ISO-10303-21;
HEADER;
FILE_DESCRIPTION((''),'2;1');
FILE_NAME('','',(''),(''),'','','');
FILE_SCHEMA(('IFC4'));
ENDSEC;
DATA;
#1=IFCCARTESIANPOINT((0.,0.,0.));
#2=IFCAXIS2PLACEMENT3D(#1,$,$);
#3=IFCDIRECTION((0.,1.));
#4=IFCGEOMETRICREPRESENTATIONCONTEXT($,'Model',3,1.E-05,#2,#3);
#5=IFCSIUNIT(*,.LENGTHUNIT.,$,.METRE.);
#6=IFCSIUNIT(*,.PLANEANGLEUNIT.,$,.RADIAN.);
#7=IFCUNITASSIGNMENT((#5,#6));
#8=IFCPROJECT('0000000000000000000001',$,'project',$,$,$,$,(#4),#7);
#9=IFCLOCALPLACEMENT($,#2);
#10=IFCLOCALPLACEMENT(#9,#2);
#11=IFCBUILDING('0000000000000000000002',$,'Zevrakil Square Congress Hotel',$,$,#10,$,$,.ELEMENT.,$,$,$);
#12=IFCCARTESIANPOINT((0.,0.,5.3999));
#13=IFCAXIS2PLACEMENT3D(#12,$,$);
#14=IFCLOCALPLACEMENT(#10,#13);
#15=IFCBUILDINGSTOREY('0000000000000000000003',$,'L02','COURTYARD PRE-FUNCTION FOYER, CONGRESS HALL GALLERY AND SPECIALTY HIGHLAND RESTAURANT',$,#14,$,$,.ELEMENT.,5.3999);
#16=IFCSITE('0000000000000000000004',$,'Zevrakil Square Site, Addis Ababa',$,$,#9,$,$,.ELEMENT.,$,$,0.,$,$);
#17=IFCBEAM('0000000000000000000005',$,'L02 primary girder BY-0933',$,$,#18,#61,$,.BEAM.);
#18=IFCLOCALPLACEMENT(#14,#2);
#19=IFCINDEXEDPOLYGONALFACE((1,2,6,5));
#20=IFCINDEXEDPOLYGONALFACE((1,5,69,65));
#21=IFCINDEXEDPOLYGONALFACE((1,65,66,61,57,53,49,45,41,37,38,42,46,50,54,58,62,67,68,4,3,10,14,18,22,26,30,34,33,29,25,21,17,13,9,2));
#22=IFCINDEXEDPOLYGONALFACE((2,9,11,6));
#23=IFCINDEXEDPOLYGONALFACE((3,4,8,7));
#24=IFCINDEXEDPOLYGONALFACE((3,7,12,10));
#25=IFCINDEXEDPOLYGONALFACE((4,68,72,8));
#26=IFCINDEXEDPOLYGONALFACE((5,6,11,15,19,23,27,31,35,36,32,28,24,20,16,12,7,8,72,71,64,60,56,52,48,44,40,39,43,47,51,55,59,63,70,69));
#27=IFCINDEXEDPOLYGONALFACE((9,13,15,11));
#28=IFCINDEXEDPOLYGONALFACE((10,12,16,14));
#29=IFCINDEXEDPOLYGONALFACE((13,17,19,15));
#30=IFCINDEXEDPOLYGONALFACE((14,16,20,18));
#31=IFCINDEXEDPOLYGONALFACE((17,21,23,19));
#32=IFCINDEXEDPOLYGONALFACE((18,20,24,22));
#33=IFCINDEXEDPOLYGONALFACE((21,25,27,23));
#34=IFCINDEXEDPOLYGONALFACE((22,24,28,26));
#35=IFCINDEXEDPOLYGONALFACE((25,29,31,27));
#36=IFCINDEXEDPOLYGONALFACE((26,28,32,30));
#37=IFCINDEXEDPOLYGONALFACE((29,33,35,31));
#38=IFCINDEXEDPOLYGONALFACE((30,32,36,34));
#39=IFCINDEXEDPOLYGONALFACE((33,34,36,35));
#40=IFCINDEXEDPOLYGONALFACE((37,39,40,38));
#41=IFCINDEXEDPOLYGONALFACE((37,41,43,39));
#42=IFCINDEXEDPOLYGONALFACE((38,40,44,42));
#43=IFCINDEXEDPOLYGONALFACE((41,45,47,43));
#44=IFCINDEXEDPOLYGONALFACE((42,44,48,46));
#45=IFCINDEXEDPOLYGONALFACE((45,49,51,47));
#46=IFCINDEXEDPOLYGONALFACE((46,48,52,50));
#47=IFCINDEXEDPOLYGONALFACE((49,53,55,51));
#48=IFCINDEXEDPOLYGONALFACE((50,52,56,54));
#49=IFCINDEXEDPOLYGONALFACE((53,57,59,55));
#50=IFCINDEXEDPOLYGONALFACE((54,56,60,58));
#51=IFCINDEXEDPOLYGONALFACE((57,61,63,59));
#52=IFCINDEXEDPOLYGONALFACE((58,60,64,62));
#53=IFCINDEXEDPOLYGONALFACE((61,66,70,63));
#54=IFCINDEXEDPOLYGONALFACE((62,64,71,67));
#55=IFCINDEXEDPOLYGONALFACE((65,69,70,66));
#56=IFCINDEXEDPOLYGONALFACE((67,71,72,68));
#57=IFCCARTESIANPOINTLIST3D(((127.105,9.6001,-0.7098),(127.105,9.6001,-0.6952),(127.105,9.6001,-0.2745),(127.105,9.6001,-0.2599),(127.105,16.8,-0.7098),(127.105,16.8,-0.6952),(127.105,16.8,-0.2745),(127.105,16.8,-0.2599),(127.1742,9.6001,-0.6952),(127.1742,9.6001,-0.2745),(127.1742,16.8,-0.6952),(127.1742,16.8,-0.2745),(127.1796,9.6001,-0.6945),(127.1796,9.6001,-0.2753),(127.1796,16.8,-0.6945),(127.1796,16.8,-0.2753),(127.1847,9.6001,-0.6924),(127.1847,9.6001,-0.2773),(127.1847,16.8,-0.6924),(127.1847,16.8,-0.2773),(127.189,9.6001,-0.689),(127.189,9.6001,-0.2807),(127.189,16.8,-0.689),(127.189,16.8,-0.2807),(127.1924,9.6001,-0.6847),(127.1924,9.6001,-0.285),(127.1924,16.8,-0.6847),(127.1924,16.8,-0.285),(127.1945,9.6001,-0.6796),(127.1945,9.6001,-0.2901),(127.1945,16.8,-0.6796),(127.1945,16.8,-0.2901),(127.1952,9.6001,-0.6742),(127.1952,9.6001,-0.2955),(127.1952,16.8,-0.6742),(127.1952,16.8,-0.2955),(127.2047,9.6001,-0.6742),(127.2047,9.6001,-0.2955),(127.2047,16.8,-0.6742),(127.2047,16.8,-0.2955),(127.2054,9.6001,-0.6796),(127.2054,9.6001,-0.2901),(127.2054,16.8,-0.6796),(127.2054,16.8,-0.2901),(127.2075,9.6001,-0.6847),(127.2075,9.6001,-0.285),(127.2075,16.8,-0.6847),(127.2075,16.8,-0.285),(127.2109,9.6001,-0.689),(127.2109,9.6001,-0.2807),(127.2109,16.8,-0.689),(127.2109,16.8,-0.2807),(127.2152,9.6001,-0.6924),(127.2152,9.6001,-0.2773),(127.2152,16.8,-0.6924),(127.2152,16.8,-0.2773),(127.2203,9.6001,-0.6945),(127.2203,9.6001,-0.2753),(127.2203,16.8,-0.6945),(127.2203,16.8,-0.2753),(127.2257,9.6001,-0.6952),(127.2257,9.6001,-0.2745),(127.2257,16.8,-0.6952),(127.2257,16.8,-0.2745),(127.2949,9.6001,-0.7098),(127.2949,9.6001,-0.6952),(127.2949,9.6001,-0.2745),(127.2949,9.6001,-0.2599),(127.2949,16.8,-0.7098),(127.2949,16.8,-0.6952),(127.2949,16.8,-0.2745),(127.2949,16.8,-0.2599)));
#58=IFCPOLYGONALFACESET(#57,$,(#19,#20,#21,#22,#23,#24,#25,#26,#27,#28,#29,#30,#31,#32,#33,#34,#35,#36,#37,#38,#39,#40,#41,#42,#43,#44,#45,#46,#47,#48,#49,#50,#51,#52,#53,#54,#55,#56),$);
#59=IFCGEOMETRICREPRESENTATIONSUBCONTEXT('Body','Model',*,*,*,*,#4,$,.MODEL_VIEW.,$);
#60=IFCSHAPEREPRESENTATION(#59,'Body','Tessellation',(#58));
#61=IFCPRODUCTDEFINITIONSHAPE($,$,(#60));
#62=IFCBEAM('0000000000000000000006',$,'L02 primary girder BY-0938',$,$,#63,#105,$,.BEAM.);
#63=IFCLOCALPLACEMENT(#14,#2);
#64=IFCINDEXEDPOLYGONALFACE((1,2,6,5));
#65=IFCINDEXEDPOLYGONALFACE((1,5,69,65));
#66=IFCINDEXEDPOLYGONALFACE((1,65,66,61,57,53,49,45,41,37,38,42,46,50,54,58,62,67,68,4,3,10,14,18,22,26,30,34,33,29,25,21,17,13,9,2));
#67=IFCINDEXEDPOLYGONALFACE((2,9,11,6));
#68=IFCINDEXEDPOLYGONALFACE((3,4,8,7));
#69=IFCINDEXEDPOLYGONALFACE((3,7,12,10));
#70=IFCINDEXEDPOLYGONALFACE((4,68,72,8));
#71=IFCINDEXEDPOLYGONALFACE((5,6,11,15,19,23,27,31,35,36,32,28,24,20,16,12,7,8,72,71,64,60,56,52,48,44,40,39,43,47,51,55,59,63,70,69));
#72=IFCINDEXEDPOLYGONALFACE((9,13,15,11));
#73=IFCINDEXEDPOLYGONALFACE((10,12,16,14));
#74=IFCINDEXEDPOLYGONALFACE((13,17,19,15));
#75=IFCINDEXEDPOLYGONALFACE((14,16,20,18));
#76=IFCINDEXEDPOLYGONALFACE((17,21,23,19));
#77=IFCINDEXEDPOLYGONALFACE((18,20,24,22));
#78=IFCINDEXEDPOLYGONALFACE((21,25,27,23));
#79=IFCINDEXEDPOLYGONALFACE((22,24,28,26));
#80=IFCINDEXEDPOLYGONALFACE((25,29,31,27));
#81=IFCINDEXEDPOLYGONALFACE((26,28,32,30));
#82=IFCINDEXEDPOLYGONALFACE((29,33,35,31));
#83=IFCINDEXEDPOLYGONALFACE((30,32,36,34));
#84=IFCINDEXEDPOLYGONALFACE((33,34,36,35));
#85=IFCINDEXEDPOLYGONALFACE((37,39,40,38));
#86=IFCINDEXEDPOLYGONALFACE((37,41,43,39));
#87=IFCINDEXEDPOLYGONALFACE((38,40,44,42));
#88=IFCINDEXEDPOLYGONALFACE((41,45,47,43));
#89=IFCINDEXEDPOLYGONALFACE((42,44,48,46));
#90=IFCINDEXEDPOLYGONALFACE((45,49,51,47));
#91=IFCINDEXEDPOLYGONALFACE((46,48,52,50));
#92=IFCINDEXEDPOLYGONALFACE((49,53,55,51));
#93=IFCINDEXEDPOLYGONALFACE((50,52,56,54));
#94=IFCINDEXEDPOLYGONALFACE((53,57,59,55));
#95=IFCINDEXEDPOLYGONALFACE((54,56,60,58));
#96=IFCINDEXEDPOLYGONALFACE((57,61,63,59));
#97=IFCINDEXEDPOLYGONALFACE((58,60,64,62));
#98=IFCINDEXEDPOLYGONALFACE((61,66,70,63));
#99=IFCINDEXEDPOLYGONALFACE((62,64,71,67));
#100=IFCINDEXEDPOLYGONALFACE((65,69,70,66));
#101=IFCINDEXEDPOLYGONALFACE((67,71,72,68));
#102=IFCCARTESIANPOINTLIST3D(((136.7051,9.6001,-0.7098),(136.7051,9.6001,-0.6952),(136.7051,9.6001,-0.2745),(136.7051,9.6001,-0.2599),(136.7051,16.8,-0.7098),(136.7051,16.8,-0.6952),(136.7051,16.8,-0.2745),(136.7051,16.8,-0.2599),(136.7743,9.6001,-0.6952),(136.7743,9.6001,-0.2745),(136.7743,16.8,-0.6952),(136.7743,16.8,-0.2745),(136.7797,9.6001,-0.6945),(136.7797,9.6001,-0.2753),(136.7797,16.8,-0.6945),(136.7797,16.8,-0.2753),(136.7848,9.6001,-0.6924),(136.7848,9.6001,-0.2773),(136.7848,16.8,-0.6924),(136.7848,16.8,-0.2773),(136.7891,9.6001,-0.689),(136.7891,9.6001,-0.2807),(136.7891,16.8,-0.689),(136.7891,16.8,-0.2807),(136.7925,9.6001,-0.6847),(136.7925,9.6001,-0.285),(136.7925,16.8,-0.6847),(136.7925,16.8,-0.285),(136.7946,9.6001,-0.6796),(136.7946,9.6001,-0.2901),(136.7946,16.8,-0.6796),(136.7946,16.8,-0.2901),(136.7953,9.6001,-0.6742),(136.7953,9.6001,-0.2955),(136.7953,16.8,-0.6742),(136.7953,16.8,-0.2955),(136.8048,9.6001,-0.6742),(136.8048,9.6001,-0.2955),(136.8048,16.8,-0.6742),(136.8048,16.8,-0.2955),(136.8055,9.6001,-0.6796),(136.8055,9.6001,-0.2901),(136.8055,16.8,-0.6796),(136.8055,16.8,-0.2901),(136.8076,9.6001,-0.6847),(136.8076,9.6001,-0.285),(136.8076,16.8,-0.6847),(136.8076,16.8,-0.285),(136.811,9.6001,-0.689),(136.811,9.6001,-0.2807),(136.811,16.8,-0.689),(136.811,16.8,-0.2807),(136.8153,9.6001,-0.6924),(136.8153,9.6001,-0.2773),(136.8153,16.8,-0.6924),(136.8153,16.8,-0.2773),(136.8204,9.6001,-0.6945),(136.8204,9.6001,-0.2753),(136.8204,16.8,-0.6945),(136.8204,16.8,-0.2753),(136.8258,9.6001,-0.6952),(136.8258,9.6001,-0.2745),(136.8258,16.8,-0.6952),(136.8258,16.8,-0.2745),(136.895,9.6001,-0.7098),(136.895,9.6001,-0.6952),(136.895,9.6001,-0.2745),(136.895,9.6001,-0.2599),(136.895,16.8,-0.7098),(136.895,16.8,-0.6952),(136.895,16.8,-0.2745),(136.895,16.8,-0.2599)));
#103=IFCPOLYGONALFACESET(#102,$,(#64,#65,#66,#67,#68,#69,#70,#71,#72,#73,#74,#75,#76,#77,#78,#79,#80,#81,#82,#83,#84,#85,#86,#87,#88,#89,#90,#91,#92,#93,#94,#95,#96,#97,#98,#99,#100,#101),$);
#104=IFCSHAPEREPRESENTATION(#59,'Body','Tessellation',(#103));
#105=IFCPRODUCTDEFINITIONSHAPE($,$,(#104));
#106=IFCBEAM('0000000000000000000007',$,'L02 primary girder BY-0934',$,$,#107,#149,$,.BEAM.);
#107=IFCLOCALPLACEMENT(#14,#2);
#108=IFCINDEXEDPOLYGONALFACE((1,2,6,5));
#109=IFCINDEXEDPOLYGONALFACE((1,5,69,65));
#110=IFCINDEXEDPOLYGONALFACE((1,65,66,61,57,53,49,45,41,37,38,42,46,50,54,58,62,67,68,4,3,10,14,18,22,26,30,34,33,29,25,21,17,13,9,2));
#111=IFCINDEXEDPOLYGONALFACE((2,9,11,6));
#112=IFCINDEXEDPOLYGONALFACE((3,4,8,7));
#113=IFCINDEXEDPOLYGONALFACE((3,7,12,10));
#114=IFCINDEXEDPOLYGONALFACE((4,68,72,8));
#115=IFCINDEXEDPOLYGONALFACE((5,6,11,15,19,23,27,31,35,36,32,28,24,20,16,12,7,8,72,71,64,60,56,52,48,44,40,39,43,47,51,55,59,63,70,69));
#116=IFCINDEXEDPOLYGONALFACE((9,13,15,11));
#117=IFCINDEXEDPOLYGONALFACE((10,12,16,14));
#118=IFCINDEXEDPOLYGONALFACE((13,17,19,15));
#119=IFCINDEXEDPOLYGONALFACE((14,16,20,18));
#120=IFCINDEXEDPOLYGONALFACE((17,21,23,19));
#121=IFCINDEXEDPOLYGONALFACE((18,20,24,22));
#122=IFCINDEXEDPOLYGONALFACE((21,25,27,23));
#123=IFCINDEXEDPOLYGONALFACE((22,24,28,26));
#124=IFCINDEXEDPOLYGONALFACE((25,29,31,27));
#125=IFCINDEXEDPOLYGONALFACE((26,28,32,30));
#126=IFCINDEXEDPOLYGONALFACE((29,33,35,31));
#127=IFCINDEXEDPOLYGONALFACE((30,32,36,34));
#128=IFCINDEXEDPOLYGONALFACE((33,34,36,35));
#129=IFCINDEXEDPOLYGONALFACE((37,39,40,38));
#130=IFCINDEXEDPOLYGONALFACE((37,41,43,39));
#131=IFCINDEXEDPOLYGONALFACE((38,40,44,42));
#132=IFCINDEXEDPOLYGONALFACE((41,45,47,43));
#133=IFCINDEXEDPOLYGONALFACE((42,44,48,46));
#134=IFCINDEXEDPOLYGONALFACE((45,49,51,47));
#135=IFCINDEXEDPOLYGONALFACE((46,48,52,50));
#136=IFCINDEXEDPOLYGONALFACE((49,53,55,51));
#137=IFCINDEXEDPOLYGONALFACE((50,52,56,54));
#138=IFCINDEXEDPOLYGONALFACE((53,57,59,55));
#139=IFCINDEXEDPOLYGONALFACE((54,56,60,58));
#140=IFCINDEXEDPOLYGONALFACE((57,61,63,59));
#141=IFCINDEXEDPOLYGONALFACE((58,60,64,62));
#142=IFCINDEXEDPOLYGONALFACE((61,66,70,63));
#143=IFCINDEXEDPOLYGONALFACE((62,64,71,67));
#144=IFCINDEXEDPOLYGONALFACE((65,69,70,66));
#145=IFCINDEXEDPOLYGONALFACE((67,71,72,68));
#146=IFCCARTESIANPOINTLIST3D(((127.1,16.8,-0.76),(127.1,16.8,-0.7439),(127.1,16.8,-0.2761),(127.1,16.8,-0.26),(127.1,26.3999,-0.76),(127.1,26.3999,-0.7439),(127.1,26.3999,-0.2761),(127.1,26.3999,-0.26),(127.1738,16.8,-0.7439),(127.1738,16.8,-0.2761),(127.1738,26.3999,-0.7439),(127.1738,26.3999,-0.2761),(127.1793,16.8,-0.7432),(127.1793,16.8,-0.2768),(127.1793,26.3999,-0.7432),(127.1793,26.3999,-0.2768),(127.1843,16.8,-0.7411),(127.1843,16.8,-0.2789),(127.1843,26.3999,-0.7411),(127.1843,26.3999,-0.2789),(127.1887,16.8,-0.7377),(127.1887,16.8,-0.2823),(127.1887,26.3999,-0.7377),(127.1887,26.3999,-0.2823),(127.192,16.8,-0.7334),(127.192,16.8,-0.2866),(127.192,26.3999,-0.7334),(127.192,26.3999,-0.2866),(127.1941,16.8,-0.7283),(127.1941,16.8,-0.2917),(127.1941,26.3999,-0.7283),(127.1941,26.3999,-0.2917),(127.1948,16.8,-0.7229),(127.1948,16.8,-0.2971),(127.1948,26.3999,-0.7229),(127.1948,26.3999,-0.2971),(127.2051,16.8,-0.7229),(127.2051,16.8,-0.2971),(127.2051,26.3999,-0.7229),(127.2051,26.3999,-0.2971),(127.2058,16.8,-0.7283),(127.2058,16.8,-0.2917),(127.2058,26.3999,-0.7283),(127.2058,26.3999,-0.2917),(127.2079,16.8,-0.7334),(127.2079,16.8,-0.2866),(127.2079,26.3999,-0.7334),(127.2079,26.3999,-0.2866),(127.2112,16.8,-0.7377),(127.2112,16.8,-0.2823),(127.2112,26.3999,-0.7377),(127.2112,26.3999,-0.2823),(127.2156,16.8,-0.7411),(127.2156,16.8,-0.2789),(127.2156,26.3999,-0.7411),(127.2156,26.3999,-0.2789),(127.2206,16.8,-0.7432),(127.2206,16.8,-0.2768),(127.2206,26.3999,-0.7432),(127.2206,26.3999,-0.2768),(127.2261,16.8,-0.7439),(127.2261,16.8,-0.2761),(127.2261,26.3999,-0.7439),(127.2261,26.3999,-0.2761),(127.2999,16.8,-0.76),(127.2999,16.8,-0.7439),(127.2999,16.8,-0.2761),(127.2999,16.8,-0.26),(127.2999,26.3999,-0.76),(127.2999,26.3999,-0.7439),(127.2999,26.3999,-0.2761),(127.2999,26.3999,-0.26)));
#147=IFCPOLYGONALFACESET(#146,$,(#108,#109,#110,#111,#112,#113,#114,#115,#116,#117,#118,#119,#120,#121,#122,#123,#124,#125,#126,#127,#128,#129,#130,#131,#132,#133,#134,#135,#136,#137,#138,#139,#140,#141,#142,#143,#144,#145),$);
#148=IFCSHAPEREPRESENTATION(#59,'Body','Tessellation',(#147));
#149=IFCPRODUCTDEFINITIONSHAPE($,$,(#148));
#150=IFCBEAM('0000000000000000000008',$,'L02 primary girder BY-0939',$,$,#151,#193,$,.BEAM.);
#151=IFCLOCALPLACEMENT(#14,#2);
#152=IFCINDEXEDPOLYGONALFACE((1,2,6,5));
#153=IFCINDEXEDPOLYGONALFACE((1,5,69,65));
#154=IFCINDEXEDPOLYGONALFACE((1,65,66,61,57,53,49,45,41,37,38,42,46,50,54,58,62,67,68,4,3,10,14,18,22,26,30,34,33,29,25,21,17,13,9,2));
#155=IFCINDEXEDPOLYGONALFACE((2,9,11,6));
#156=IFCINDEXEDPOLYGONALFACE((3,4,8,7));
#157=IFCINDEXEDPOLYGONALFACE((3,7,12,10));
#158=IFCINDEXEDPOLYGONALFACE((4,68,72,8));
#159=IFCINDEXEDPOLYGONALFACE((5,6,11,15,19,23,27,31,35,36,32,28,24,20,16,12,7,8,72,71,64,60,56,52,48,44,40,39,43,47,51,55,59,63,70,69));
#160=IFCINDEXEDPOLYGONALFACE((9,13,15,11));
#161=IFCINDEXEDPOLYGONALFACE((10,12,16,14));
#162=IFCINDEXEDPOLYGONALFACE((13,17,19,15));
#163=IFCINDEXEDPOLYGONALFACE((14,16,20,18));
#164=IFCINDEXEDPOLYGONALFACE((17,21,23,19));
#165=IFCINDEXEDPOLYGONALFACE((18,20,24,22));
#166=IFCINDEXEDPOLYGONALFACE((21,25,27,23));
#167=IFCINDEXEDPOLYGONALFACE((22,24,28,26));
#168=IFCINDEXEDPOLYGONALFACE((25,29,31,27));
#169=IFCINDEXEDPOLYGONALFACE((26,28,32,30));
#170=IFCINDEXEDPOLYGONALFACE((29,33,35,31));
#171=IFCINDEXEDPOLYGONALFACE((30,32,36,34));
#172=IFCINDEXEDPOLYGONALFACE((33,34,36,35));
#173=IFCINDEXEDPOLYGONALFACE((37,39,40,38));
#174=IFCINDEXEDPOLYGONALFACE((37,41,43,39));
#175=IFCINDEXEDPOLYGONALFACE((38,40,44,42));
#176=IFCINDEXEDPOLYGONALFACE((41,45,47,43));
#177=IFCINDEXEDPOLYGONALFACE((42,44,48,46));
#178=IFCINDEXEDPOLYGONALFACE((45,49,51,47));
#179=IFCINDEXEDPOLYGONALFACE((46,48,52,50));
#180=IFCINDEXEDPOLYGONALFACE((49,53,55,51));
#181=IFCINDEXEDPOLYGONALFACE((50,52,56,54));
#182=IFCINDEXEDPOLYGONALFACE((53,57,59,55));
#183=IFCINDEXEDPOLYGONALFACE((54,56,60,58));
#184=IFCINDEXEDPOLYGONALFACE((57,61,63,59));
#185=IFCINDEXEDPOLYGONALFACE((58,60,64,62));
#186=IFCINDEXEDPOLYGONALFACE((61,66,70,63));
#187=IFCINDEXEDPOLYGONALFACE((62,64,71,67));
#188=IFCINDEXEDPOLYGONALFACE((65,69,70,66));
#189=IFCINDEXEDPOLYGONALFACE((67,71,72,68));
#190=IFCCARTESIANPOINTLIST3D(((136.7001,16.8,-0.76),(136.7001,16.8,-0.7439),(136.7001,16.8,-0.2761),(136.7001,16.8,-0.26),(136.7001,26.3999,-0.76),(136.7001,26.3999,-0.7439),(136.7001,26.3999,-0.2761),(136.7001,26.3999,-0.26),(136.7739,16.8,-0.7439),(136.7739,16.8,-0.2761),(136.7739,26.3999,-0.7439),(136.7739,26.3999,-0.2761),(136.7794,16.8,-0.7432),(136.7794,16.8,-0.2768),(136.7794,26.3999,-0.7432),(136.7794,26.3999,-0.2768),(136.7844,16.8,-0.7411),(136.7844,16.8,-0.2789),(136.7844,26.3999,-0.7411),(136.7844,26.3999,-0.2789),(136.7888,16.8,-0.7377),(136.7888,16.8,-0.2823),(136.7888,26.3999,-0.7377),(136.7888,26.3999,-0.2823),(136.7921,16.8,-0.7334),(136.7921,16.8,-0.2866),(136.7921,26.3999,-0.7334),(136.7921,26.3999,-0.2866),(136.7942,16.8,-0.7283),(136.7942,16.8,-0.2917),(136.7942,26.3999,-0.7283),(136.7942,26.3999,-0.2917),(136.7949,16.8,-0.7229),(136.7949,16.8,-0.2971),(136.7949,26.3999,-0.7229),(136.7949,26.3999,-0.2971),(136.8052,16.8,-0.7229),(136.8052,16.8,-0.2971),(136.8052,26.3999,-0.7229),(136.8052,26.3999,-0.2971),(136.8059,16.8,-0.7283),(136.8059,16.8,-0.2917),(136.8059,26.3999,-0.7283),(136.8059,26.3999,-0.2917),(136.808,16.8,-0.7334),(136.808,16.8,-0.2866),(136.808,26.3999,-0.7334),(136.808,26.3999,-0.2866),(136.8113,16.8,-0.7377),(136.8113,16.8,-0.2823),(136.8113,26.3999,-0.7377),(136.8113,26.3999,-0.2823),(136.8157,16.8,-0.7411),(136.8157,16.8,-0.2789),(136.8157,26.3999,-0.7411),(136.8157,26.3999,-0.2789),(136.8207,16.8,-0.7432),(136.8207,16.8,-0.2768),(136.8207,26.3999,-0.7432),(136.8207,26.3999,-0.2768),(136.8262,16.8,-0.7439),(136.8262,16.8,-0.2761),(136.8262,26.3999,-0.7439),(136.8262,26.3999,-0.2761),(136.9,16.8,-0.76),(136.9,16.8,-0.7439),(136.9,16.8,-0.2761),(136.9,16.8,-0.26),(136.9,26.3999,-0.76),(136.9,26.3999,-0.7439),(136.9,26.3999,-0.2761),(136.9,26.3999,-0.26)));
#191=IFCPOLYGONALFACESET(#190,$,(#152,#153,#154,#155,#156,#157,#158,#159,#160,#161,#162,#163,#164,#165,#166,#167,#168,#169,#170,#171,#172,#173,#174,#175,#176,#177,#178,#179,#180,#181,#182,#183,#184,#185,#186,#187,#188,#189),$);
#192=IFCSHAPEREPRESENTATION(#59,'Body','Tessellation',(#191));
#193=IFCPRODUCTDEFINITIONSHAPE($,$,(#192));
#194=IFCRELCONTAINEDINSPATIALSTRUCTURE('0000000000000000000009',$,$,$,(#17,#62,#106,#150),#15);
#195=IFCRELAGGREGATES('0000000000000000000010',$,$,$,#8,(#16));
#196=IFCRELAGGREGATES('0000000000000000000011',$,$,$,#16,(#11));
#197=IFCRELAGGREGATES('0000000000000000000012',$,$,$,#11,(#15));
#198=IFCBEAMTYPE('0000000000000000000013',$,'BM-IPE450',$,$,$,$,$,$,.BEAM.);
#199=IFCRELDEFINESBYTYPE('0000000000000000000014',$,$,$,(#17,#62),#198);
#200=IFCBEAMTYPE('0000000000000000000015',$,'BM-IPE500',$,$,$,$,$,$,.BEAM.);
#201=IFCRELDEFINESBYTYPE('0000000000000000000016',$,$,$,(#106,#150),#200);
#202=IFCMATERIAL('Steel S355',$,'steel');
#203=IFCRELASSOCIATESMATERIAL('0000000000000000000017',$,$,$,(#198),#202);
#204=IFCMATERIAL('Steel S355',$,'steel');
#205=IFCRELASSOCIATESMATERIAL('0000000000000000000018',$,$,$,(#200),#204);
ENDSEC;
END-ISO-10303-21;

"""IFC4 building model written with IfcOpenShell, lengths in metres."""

from ifc_helpers import new_model, si_unit, direction, frame, origin, origin_2d, place, context, subcontext, project, spatial, i_section, extrude, material, material_profile, profile_set, type_object, element, save


model = new_model("IFC4")

# Units and contexts
model_context = context("Model", 3, precision=1e-05, world=origin(), true_north=direction((0.0, 1.0)))
body_context = subcontext(model_context, "Body", "Model", "MODEL_VIEW")
ifc_project = project(units=[si_unit("LENGTHUNIT", "METRE"), si_unit("PLANEANGLEUNIT", "RADIAN")], contexts=[model_context])

# Site, building, storey
site_placement = place(None, origin())
site = spatial("IfcSite", under=ifc_project, at=site_placement, Name="Zevrakil Square Site, Addis Ababa", CompositionType="ELEMENT", RefElevation=0.0)
building_placement = place(site_placement, origin())
building = spatial("IfcBuilding", under=site, at=building_placement, Name="Zevrakil Square Congress Hotel", CompositionType="ELEMENT")
storey_placement = place(building_placement, frame((0.0, 0.0, 5.3999)))
storey = spatial("IfcBuildingStorey", under=building, at=storey_placement, Name="L02", Description="COURTYARD PRE-FUNCTION FOYER, CONGRESS HALL GALLERY AND SPECIALTY HIGHLAND RESTAURANT", CompositionType="ELEMENT", Elevation=5.3999)

# Beams
ifc_material_1 = material(Name="Steel S355", Category="steel")
ifc_material_profile_1 = material_profile(ifc_material_1, i_section(OverallWidth=0.1899, OverallDepth=0.45, WebThickness=0.0095, FlangeThickness=0.0146, FilletRadius=0.021, at=origin_2d()), Name="IPE 450")
ifc_profile_set_1 = profile_set([ifc_material_profile_1], Name="Steel S355")
beam_type_1 = type_object("IfcBeamType", Name="BM-IPE450", PredefinedType="BEAM", material=ifc_profile_set_1)
for number, where, z_axis, x_axis, name in (
    (1, (127.2, 9.6001, -0.4849), (0.0, 1.0, 0.0), (-1.0, 0.0, 0.0), "L02 primary girder BY-0933"),
    (2, (136.8, 9.6001, -0.4849), (0.0, 1.0, 0.0), (-1.0, 0.0, 0.0), "L02 primary girder BY-0938"),
):
    element("IfcBeam", number, at=place(storey_placement, frame(where, z_axis=z_axis, x_axis=x_axis)), inside=storey, type_object=beam_type_1, Name=name, PredefinedType="BEAM", context=body_context, shape_type="SweptSolid", body=[
        extrude(i_section(OverallWidth=0.1899, OverallDepth=0.45, WebThickness=0.0095, FlangeThickness=0.0146, FilletRadius=0.021, at=origin_2d()), origin(), (0.0, 0.0, 1.0), 7.2),
    ])
ifc_material_2 = material(Name="Steel S355", Category="steel")
ifc_material_profile_2 = material_profile(ifc_material_2, i_section(OverallWidth=0.2, OverallDepth=0.5, WebThickness=0.0103, FlangeThickness=0.0161, FilletRadius=0.021, at=origin_2d()), Name="IPE 500")
ifc_profile_set_2 = profile_set([ifc_material_profile_2], Name="Steel S355")
beam_type_2 = type_object("IfcBeamType", Name="BM-IPE500", PredefinedType="BEAM", material=ifc_profile_set_2)
for number, where, z_axis, x_axis, name in (
    (3, (127.2, 16.8, -0.51), (0.0, 1.0, 0.0), (-1.0, 0.0, 0.0), "L02 primary girder BY-0934"),
    (4, (136.8, 16.8, -0.51), (0.0, 1.0, 0.0), (-1.0, 0.0, 0.0), "L02 primary girder BY-0939"),
):
    element("IfcBeam", number, at=place(storey_placement, frame(where, z_axis=z_axis, x_axis=x_axis)), inside=storey, type_object=beam_type_2, Name=name, PredefinedType="BEAM", context=body_context, shape_type="SweptSolid", body=[
        extrude(i_section(OverallWidth=0.2, OverallDepth=0.5, WebThickness=0.0103, FlangeThickness=0.0161, FilletRadius=0.021, at=origin_2d()), origin(), (0.0, 0.0, 1.0), 9.5999),
    ])

save(model, "model.ifc")
